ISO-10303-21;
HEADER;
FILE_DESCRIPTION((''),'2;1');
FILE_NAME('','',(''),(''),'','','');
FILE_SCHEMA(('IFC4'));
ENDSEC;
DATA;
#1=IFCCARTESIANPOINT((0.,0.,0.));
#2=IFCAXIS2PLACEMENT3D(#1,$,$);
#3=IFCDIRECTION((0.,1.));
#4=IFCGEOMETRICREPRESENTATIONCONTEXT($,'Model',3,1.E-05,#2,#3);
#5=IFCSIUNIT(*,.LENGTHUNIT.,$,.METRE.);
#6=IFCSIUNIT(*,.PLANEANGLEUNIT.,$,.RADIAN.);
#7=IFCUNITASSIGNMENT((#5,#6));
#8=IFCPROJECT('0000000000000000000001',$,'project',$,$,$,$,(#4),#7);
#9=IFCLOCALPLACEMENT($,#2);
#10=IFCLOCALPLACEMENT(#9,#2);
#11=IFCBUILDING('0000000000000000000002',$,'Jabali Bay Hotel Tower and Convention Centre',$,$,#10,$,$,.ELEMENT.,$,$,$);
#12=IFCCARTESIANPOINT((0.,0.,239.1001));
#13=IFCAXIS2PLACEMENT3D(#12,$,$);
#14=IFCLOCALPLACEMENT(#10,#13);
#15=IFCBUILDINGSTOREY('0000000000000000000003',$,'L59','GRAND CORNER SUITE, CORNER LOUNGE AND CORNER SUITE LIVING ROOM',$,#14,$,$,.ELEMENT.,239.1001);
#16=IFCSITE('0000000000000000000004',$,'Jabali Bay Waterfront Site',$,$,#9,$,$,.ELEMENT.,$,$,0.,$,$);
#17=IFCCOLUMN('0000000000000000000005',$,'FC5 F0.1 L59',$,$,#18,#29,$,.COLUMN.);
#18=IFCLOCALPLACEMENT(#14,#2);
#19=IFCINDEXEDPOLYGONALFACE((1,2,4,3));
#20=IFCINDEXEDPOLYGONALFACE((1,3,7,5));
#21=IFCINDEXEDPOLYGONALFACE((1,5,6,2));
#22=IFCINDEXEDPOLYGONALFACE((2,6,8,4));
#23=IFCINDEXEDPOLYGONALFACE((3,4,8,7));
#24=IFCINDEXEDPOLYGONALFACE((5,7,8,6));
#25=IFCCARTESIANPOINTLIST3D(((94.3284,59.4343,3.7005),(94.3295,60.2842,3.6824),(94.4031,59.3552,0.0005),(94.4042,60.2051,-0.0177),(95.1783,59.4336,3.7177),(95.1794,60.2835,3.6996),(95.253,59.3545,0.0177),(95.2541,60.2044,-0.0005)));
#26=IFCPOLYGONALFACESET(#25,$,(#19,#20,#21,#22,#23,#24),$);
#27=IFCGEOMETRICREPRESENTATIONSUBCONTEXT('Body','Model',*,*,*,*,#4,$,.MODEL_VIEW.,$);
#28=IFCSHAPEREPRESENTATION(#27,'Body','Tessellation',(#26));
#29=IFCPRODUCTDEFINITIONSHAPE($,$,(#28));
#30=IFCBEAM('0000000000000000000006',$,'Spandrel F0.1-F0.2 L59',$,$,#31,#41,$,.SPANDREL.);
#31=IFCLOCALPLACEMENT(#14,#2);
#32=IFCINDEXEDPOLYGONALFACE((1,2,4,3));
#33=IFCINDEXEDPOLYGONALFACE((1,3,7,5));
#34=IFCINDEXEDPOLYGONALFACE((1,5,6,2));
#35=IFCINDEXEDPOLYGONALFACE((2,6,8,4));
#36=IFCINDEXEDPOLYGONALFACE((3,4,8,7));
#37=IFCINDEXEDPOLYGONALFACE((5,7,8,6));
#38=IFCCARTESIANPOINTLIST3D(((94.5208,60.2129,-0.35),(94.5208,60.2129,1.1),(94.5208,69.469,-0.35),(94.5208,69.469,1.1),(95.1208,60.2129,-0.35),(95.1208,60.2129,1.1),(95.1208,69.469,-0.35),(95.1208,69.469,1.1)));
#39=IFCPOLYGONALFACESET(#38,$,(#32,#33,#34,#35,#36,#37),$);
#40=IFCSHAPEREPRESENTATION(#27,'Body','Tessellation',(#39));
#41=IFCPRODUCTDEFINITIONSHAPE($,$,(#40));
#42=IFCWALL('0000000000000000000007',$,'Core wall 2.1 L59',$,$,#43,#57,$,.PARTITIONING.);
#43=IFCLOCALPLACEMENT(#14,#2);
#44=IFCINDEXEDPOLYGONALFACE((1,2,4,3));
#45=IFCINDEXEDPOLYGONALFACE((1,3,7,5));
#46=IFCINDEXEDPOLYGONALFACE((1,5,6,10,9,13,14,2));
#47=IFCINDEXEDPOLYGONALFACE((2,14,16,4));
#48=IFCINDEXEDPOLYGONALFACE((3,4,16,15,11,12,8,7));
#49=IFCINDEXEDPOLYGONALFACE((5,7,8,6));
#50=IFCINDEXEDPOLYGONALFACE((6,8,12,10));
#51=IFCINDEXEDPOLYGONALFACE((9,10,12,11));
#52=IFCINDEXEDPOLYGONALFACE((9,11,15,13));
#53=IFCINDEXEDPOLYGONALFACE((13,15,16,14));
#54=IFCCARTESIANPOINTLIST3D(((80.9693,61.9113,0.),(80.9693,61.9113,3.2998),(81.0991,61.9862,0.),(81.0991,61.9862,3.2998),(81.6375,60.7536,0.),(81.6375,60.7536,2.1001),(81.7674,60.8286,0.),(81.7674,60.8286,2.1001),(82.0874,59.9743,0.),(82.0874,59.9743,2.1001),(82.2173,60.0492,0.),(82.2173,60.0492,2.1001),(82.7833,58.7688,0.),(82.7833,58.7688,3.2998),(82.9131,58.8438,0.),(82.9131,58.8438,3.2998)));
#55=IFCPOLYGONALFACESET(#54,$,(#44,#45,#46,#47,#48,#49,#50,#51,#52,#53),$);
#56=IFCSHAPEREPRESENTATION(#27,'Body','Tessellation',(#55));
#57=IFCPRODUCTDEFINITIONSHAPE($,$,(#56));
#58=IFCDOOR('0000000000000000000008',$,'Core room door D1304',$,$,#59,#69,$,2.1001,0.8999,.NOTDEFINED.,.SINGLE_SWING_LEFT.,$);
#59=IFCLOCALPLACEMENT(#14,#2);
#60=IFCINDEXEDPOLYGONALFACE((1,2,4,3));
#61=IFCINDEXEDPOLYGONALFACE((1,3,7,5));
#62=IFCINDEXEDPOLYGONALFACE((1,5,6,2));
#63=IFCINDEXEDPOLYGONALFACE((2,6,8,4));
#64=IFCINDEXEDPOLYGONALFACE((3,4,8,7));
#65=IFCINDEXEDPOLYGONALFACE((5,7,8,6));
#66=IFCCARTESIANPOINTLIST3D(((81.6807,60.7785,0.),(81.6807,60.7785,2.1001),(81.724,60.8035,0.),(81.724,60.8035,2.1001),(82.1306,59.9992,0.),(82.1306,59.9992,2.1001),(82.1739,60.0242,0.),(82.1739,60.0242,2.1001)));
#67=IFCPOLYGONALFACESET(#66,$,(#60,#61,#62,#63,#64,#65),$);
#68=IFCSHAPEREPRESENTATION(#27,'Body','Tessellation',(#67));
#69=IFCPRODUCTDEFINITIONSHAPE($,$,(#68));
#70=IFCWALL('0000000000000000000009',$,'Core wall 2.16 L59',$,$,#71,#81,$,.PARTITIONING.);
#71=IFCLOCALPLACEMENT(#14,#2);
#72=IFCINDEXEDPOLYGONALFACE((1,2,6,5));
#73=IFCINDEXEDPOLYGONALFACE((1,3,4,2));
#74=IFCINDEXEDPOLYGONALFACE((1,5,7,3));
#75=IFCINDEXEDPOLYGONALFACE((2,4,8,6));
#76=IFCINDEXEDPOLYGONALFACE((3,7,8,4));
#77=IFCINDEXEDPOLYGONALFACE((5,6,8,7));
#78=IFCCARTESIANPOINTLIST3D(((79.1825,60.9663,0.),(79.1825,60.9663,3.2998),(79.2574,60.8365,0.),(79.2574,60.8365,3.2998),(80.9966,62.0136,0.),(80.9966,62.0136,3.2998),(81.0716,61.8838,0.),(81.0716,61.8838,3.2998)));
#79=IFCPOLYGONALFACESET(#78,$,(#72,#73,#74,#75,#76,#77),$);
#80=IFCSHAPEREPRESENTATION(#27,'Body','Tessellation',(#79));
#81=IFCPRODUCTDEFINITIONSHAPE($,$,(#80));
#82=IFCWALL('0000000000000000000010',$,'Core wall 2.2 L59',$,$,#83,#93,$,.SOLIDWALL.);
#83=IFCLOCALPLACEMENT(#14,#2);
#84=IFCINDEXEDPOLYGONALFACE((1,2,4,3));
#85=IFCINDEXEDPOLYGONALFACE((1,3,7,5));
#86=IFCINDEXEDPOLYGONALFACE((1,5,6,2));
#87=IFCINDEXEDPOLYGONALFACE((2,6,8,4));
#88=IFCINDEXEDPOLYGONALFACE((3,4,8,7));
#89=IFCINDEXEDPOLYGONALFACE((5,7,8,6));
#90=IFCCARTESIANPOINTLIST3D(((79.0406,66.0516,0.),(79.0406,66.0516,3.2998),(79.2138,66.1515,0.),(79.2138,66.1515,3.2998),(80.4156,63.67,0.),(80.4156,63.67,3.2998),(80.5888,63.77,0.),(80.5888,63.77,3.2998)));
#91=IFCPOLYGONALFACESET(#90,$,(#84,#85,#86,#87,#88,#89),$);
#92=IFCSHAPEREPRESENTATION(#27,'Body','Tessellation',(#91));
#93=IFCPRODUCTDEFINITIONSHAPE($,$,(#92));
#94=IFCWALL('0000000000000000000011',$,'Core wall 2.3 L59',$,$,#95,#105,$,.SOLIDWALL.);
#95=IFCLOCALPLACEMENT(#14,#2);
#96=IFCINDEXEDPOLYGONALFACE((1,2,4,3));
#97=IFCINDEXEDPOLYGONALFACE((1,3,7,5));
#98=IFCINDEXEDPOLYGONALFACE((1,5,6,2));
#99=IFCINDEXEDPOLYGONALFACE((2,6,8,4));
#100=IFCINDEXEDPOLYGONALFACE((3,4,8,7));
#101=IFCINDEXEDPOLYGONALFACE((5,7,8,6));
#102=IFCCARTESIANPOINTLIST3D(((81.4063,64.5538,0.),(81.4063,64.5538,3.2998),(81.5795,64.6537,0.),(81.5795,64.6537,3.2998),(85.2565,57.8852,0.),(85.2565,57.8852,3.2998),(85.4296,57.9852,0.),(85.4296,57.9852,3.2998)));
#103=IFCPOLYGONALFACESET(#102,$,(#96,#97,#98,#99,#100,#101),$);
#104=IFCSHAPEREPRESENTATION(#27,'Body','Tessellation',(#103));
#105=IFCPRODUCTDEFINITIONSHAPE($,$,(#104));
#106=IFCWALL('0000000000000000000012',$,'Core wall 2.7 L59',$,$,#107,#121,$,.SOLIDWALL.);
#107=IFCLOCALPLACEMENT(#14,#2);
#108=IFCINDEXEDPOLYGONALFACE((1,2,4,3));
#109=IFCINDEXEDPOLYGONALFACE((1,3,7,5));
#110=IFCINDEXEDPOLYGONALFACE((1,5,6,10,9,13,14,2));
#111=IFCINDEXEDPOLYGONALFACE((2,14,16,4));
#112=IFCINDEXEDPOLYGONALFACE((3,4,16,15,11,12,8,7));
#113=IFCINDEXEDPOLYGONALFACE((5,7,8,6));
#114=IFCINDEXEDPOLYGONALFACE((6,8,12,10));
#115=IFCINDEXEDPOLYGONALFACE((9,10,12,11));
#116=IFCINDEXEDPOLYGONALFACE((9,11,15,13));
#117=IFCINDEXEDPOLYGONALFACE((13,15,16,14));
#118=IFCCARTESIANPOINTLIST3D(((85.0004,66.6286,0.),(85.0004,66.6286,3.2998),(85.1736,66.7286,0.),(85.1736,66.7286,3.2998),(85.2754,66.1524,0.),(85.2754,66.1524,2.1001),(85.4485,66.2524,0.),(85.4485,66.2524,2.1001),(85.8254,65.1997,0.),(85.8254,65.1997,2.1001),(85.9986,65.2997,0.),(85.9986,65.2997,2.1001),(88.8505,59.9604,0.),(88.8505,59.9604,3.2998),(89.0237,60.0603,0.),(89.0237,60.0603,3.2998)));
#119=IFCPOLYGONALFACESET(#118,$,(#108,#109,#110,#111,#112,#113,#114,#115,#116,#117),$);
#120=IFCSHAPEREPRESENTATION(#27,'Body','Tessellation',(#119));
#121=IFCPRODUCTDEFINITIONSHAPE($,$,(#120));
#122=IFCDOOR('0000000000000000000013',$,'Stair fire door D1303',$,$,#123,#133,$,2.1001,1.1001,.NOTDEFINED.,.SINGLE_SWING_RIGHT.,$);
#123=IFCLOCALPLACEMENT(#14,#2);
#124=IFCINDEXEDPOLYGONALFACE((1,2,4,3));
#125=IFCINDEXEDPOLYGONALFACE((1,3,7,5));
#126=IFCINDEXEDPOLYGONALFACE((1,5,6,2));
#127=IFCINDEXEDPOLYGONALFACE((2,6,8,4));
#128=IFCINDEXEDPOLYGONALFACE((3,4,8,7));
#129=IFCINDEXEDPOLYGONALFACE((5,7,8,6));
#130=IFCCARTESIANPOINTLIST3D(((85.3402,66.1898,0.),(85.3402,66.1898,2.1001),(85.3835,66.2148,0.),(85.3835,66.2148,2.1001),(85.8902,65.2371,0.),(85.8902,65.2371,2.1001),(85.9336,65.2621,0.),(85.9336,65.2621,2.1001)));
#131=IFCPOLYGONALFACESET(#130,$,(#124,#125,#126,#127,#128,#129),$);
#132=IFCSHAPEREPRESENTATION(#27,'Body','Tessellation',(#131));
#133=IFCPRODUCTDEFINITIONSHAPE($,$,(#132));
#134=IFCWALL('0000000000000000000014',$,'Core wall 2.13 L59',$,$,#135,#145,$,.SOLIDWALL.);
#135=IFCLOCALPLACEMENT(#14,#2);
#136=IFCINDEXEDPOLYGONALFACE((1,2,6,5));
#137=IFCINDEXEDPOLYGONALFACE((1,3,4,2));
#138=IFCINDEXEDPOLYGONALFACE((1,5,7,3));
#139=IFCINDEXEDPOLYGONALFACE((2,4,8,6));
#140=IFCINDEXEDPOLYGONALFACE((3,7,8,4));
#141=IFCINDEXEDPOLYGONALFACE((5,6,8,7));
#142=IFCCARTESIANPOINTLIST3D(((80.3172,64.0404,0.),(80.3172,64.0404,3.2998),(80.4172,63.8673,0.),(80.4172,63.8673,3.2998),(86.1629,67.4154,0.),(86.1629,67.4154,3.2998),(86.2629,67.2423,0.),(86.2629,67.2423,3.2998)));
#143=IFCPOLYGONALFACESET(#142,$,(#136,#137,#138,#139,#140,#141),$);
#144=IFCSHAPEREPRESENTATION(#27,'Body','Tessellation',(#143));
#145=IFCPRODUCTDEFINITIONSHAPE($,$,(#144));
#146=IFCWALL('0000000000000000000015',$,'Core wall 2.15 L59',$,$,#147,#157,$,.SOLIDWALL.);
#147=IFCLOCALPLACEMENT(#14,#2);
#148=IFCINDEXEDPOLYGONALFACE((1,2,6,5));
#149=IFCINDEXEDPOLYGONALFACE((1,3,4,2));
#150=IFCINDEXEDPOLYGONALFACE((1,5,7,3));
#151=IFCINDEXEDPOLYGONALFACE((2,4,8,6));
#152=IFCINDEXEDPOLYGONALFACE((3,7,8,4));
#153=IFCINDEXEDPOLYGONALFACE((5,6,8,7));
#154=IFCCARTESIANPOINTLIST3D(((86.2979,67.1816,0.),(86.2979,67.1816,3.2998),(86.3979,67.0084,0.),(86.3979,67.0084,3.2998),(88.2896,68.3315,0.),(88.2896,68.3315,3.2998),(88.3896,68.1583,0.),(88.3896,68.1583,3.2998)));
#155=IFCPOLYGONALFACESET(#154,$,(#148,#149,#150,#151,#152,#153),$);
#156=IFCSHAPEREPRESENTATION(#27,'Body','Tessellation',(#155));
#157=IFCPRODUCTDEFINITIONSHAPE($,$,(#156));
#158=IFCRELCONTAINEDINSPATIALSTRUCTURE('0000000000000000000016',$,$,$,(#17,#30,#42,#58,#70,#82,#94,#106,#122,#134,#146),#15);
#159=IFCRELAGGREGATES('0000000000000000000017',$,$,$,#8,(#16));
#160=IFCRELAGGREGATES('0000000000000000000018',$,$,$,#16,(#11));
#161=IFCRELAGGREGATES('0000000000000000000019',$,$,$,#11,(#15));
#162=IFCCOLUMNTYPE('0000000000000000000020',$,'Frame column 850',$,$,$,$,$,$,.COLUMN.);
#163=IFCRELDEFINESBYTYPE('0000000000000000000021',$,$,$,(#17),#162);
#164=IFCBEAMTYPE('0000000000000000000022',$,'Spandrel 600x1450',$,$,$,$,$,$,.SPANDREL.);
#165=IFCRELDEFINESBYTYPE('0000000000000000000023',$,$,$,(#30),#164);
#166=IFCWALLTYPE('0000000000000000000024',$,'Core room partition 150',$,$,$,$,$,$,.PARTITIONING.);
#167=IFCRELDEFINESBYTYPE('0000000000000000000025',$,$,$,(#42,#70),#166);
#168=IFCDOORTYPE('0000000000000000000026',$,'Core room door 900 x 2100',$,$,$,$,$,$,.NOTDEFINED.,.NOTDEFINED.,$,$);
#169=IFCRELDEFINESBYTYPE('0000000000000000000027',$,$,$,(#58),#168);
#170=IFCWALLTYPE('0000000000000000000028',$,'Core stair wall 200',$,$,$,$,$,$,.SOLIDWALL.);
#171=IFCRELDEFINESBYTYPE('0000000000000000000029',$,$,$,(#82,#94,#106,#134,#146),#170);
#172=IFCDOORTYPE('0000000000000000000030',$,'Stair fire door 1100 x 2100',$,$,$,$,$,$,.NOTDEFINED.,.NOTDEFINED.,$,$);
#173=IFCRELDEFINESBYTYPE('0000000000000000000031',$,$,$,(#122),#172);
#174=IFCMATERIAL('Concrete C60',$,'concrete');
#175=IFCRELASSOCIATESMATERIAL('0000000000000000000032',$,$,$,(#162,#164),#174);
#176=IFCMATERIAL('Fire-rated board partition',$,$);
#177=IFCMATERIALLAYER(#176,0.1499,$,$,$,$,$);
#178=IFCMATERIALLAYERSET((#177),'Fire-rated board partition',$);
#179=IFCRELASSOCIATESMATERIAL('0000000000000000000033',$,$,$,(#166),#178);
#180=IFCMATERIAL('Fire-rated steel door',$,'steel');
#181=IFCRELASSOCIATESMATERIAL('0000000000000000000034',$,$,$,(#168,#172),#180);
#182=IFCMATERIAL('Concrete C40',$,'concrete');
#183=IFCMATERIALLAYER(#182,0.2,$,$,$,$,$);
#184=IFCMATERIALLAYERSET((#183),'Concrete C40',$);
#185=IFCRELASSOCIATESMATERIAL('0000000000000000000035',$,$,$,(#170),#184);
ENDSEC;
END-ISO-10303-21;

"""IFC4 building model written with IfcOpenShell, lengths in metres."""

from ifc_helpers import new_model, si_unit, direction, frame, frame_2d, origin, origin_2d, place, context, subcontext, project, spatial, rectangle, extrude, material, layer, layer_set, material_profile, profile_set, type_object, element, fill, save


model = new_model("IFC4")

# Units and contexts
model_context = context("Model", 3, precision=1e-05, world=origin(), true_north=direction((0.0, 1.0)))
body_context = subcontext(model_context, "Body", "Model", "MODEL_VIEW")
ifc_project = project(units=[si_unit("LENGTHUNIT", "METRE"), si_unit("PLANEANGLEUNIT", "RADIAN")], contexts=[model_context])

# Site, building, storey
site_placement = place(None, origin())
site = spatial("IfcSite", under=ifc_project, at=site_placement, Name="Jabali Bay Waterfront Site", CompositionType="ELEMENT", RefElevation=0.0)
building_placement = place(site_placement, origin())
building = spatial("IfcBuilding", under=site, at=building_placement, Name="Jabali Bay Hotel Tower and Convention Centre", CompositionType="ELEMENT")
storey_placement = place(building_placement, frame((0.0, 0.0, 239.1001)))
storey = spatial("IfcBuildingStorey", under=building, at=storey_placement, Name="L59", Description="GRAND CORNER SUITE, CORNER LOUNGE AND CORNER SUITE LIVING ROOM", CompositionType="ELEMENT", Elevation=239.1001)

# Column
ifc_material_1 = material(Name="Concrete C60", Category="concrete")
ifc_material_profile_1 = material_profile(ifc_material_1, rectangle(XDim=0.8501, YDim=0.8501, at=origin_2d()), Name="Frame column 850")
ifc_profile_set_1 = profile_set([ifc_material_profile_1], Name="Concrete C60")
column_type = type_object("IfcColumnType", Name="Frame column 850", PredefinedType="COLUMN", material=ifc_profile_set_1)
column_placement = place(storey_placement, frame((94.8286, 59.7798, 0.0), z_axis=(-0.020183, 0.02137, 0.999568), x_axis=(-0.001315, -0.999771, 0.021348)))
element("IfcColumn", 1, at=column_placement, inside=storey, type_object=column_type, Name="FC5 F0.1 L59", PredefinedType="COLUMN", context=body_context, shape_type="SweptSolid", body=[
    extrude(rectangle(XDim=0.8501, YDim=0.8501, at=origin_2d()), origin(), (0.0, 0.0, 1.0), 3.7017),
])

# Beam
ifc_material_profile_2 = material_profile(ifc_material_1, rectangle(XDim=0.6001, YDim=1.45, at=origin_2d()), Name="Spandrel 600x1450")
ifc_profile_set_2 = profile_set([ifc_material_profile_2], Name="Concrete C60")
beam_type = type_object("IfcBeamType", Name="Spandrel 600x1450", PredefinedType="SPANDREL", material=ifc_profile_set_2)
beam_placement = place(storey_placement, frame((94.8208, 60.2129, 0.375), z_axis=(0.0, 1.0, 0.0), x_axis=(-1.0, 0.0, 0.0)))
element("IfcBeam", 2, at=beam_placement, inside=storey, type_object=beam_type, Name="Spandrel F0.1-F0.2 L59", PredefinedType="SPANDREL", context=body_context, shape_type="SweptSolid", body=[
    extrude(rectangle(XDim=0.6001, YDim=1.45, at=origin_2d()), origin(), (0.0, 0.0, 1.0), 9.2561),
])

# Wall, opening, door
ifc_material_2 = material(Name="Fire-rated board partition")
ifc_layer_1 = layer(ifc_material_2, 0.1499)
ifc_layer_set_1 = layer_set([ifc_layer_1], Name="Fire-rated board partition")
wall_type_1 = type_object("IfcWallType", Name="Core room partition 150", PredefinedType="PARTITIONING", material=ifc_layer_set_1)
wall_1_placement = place(storey_placement, frame((81.0342, 61.9487, 0.0), z_axis=(0.0, 0.0, 1.0), x_axis=(0.499946, -0.866057, 0.0)))
wall_1 = element("IfcWall", 3, at=wall_1_placement, inside=storey, type_object=wall_type_1, Name="Core wall 2.1 L59", PredefinedType="PARTITIONING", context=body_context, shape_type="SweptSolid", body=[
    extrude(rectangle(XDim=3.6284, YDim=0.1499, at=frame_2d((1.8142, 0.0))), origin(), (0.0, 0.0, 1.0), 3.2998),
])
opening_1_placement = place(wall_1_placement, frame((1.3367, 0.0, 0.0)))
opening_1 = element("IfcOpeningElement", 4, at=opening_1_placement, cuts=wall_1, PredefinedType="OPENING", context=body_context, shape_type="SweptSolid", body=[
    extrude(rectangle(XDim=0.8999, YDim=2.1001, at=frame_2d((0.45, 1.05))), frame((0.0, 0.0854, 0.0), z_axis=(0.0, -1.0, 0.0), x_axis=(1.0, 0.0, 0.0)), (0.0, 0.0, 1.0), 0.1709),
])
ifc_material_3 = material(Name="Fire-rated steel door", Category="steel")
door_type_1 = type_object("IfcDoorType", Name="Core room door 900 x 2100", OperationType="NOTDEFINED", PredefinedType="NOTDEFINED", material=ifc_material_3)
door_1_placement = place(opening_1_placement, origin())
door_1 = element("IfcDoor", 5, at=door_1_placement, inside=storey, type_object=door_type_1, Name="Core room door D1304", OperationType="SINGLE_SWING_LEFT", OverallHeight=2.1001, OverallWidth=0.8999, PredefinedType="NOTDEFINED", context=body_context, shape_type="SweptSolid", body=[
    extrude(rectangle(XDim=0.8999, YDim=2.1001, at=frame_2d((0.45, 1.05))), frame((0.0, 0.0249, 0.0), z_axis=(0.0, -1.0, 0.0), x_axis=(1.0, 0.0, 0.0)), (0.0, 0.0, 1.0), 0.05),
])
fill(opening_1, door_1)

# Walls
wall_2_placement = place(storey_placement, frame((79.22, 60.9014, 0.0), z_axis=(0.0, 0.0, 1.0), x_axis=(0.86604, 0.499975, 0.0)))
element("IfcWall", 6, at=wall_2_placement, inside=storey, type_object=wall_type_1, Name="Core wall 2.16 L59", PredefinedType="PARTITIONING", context=body_context, shape_type="SweptSolid", body=[
    extrude(rectangle(XDim=2.0947, YDim=0.1499, at=frame_2d((1.0474, 0.0))), origin(), (0.0, 0.0, 1.0), 3.2998),
])
ifc_material_4 = material(Name="Concrete C40", Category="concrete")
ifc_layer_2 = layer(ifc_material_4, 0.2)
ifc_layer_set_2 = layer_set([ifc_layer_2], Name="Concrete C40")
wall_type_2 = type_object("IfcWallType", Name="Core stair wall 200", PredefinedType="SOLIDWALL", material=ifc_layer_set_2)
wall_3_placement = place(storey_placement, frame((79.1272, 66.1016, 0.0), z_axis=(0.0, 0.0, 1.0), x_axis=(0.499997, -0.866027, 0.0)))
element("IfcWall", 7, at=wall_3_placement, inside=storey, type_object=wall_type_2, Name="Core wall 2.2 L59", PredefinedType="SOLIDWALL", context=body_context, shape_type="SweptSolid", body=[
    extrude(rectangle(XDim=2.75, YDim=0.2, at=frame_2d((1.375, 0.0))), origin(), (0.0, 0.0, 1.0), 3.2998),
])
wall_4_placement = place(storey_placement, frame((81.4929, 64.6038, 0.0), z_axis=(0.0, 0.0, 1.0), x_axis=(0.500006, -0.866022, 0.0)))
element("IfcWall", 8, at=wall_4_placement, inside=storey, type_object=wall_type_2, Name="Core wall 2.3 L59", PredefinedType="SOLIDWALL", context=body_context, shape_type="SweptSolid", body=[
    extrude(rectangle(XDim=7.7002, YDim=0.2, at=frame_2d((3.8501, 0.0))), origin(), (0.0, 0.0, 1.0), 3.2998),
])

# Wall, opening, door
wall_5_placement = place(storey_placement, frame((85.0869, 66.6787, 0.0), z_axis=(0.0, 0.0, 1.0), x_axis=(0.50002, -0.866014, 0.0)))
wall_5 = element("IfcWall", 9, at=wall_5_placement, inside=storey, type_object=wall_type_2, Name="Core wall 2.7 L59", PredefinedType="SOLIDWALL", context=body_context, shape_type="SweptSolid", body=[
    extrude(rectangle(XDim=7.7, YDim=0.2, at=frame_2d((3.8501, 0.0))), origin(), (0.0, 0.0, 1.0), 3.2998),
])
opening_2_placement = place(wall_5_placement, frame((0.55, 0.0, 0.0)))
opening_2 = element("IfcOpeningElement", 10, at=opening_2_placement, cuts=wall_5, PredefinedType="OPENING", context=body_context, shape_type="SweptSolid", body=[
    extrude(rectangle(XDim=1.1001, YDim=2.1001, at=frame_2d((0.55, 1.05))), frame((0.0, 0.1104, 0.0), z_axis=(0.0, -1.0, 0.0), x_axis=(1.0, 0.0, 0.0)), (0.0, 0.0, 1.0), 0.2209),
])
door_type_2 = type_object("IfcDoorType", Name="Stair fire door 1100 x 2100", OperationType="NOTDEFINED", PredefinedType="NOTDEFINED", material=ifc_material_3)
door_2_placement = place(opening_2_placement, origin())
door_2 = element("IfcDoor", 11, at=door_2_placement, inside=storey, type_object=door_type_2, Name="Stair fire door D1303", OperationType="SINGLE_SWING_RIGHT", OverallHeight=2.1001, OverallWidth=1.1001, PredefinedType="NOTDEFINED", context=body_context, shape_type="SweptSolid", body=[
    extrude(rectangle(XDim=1.1001, YDim=2.1001, at=frame_2d((0.55, 1.05))), frame((0.0, 0.0249, 0.0), z_axis=(0.0, -1.0, 0.0), x_axis=(1.0, 0.0, 0.0)), (0.0, 0.0, 1.0), 0.05),
])
fill(opening_2, door_2)

# Walls
wall_6_placement = place(storey_placement, frame((80.3672, 63.9539, 0.0), z_axis=(0.0, 0.0, 1.0), x_axis=(0.866027, 0.499998, 0.0)))
element("IfcWall", 12, at=wall_6_placement, inside=storey, type_object=wall_type_2, Name="Core wall 2.13 L59", PredefinedType="SOLIDWALL", context=body_context, shape_type="SweptSolid", body=[
    extrude(rectangle(XDim=6.75, YDim=0.2, at=frame_2d((3.375, 0.0))), origin(), (0.0, 0.0, 1.0), 3.2998),
])
wall_7_placement = place(storey_placement, frame((86.3479, 67.095, 0.0), z_axis=(0.0, 0.0, 1.0), x_axis=(0.866026, 0.499998, 0.0)))
element("IfcWall", 13, at=wall_7_placement, inside=storey, type_object=wall_type_2, Name="Core wall 2.15 L59", PredefinedType="SOLIDWALL", context=body_context, shape_type="SweptSolid", body=[
    extrude(rectangle(XDim=2.2998, YDim=0.2, at=frame_2d((1.1499, 0.0))), origin(), (0.0, 0.0, 1.0), 3.2998),
])

save(model, "model.ifc")
